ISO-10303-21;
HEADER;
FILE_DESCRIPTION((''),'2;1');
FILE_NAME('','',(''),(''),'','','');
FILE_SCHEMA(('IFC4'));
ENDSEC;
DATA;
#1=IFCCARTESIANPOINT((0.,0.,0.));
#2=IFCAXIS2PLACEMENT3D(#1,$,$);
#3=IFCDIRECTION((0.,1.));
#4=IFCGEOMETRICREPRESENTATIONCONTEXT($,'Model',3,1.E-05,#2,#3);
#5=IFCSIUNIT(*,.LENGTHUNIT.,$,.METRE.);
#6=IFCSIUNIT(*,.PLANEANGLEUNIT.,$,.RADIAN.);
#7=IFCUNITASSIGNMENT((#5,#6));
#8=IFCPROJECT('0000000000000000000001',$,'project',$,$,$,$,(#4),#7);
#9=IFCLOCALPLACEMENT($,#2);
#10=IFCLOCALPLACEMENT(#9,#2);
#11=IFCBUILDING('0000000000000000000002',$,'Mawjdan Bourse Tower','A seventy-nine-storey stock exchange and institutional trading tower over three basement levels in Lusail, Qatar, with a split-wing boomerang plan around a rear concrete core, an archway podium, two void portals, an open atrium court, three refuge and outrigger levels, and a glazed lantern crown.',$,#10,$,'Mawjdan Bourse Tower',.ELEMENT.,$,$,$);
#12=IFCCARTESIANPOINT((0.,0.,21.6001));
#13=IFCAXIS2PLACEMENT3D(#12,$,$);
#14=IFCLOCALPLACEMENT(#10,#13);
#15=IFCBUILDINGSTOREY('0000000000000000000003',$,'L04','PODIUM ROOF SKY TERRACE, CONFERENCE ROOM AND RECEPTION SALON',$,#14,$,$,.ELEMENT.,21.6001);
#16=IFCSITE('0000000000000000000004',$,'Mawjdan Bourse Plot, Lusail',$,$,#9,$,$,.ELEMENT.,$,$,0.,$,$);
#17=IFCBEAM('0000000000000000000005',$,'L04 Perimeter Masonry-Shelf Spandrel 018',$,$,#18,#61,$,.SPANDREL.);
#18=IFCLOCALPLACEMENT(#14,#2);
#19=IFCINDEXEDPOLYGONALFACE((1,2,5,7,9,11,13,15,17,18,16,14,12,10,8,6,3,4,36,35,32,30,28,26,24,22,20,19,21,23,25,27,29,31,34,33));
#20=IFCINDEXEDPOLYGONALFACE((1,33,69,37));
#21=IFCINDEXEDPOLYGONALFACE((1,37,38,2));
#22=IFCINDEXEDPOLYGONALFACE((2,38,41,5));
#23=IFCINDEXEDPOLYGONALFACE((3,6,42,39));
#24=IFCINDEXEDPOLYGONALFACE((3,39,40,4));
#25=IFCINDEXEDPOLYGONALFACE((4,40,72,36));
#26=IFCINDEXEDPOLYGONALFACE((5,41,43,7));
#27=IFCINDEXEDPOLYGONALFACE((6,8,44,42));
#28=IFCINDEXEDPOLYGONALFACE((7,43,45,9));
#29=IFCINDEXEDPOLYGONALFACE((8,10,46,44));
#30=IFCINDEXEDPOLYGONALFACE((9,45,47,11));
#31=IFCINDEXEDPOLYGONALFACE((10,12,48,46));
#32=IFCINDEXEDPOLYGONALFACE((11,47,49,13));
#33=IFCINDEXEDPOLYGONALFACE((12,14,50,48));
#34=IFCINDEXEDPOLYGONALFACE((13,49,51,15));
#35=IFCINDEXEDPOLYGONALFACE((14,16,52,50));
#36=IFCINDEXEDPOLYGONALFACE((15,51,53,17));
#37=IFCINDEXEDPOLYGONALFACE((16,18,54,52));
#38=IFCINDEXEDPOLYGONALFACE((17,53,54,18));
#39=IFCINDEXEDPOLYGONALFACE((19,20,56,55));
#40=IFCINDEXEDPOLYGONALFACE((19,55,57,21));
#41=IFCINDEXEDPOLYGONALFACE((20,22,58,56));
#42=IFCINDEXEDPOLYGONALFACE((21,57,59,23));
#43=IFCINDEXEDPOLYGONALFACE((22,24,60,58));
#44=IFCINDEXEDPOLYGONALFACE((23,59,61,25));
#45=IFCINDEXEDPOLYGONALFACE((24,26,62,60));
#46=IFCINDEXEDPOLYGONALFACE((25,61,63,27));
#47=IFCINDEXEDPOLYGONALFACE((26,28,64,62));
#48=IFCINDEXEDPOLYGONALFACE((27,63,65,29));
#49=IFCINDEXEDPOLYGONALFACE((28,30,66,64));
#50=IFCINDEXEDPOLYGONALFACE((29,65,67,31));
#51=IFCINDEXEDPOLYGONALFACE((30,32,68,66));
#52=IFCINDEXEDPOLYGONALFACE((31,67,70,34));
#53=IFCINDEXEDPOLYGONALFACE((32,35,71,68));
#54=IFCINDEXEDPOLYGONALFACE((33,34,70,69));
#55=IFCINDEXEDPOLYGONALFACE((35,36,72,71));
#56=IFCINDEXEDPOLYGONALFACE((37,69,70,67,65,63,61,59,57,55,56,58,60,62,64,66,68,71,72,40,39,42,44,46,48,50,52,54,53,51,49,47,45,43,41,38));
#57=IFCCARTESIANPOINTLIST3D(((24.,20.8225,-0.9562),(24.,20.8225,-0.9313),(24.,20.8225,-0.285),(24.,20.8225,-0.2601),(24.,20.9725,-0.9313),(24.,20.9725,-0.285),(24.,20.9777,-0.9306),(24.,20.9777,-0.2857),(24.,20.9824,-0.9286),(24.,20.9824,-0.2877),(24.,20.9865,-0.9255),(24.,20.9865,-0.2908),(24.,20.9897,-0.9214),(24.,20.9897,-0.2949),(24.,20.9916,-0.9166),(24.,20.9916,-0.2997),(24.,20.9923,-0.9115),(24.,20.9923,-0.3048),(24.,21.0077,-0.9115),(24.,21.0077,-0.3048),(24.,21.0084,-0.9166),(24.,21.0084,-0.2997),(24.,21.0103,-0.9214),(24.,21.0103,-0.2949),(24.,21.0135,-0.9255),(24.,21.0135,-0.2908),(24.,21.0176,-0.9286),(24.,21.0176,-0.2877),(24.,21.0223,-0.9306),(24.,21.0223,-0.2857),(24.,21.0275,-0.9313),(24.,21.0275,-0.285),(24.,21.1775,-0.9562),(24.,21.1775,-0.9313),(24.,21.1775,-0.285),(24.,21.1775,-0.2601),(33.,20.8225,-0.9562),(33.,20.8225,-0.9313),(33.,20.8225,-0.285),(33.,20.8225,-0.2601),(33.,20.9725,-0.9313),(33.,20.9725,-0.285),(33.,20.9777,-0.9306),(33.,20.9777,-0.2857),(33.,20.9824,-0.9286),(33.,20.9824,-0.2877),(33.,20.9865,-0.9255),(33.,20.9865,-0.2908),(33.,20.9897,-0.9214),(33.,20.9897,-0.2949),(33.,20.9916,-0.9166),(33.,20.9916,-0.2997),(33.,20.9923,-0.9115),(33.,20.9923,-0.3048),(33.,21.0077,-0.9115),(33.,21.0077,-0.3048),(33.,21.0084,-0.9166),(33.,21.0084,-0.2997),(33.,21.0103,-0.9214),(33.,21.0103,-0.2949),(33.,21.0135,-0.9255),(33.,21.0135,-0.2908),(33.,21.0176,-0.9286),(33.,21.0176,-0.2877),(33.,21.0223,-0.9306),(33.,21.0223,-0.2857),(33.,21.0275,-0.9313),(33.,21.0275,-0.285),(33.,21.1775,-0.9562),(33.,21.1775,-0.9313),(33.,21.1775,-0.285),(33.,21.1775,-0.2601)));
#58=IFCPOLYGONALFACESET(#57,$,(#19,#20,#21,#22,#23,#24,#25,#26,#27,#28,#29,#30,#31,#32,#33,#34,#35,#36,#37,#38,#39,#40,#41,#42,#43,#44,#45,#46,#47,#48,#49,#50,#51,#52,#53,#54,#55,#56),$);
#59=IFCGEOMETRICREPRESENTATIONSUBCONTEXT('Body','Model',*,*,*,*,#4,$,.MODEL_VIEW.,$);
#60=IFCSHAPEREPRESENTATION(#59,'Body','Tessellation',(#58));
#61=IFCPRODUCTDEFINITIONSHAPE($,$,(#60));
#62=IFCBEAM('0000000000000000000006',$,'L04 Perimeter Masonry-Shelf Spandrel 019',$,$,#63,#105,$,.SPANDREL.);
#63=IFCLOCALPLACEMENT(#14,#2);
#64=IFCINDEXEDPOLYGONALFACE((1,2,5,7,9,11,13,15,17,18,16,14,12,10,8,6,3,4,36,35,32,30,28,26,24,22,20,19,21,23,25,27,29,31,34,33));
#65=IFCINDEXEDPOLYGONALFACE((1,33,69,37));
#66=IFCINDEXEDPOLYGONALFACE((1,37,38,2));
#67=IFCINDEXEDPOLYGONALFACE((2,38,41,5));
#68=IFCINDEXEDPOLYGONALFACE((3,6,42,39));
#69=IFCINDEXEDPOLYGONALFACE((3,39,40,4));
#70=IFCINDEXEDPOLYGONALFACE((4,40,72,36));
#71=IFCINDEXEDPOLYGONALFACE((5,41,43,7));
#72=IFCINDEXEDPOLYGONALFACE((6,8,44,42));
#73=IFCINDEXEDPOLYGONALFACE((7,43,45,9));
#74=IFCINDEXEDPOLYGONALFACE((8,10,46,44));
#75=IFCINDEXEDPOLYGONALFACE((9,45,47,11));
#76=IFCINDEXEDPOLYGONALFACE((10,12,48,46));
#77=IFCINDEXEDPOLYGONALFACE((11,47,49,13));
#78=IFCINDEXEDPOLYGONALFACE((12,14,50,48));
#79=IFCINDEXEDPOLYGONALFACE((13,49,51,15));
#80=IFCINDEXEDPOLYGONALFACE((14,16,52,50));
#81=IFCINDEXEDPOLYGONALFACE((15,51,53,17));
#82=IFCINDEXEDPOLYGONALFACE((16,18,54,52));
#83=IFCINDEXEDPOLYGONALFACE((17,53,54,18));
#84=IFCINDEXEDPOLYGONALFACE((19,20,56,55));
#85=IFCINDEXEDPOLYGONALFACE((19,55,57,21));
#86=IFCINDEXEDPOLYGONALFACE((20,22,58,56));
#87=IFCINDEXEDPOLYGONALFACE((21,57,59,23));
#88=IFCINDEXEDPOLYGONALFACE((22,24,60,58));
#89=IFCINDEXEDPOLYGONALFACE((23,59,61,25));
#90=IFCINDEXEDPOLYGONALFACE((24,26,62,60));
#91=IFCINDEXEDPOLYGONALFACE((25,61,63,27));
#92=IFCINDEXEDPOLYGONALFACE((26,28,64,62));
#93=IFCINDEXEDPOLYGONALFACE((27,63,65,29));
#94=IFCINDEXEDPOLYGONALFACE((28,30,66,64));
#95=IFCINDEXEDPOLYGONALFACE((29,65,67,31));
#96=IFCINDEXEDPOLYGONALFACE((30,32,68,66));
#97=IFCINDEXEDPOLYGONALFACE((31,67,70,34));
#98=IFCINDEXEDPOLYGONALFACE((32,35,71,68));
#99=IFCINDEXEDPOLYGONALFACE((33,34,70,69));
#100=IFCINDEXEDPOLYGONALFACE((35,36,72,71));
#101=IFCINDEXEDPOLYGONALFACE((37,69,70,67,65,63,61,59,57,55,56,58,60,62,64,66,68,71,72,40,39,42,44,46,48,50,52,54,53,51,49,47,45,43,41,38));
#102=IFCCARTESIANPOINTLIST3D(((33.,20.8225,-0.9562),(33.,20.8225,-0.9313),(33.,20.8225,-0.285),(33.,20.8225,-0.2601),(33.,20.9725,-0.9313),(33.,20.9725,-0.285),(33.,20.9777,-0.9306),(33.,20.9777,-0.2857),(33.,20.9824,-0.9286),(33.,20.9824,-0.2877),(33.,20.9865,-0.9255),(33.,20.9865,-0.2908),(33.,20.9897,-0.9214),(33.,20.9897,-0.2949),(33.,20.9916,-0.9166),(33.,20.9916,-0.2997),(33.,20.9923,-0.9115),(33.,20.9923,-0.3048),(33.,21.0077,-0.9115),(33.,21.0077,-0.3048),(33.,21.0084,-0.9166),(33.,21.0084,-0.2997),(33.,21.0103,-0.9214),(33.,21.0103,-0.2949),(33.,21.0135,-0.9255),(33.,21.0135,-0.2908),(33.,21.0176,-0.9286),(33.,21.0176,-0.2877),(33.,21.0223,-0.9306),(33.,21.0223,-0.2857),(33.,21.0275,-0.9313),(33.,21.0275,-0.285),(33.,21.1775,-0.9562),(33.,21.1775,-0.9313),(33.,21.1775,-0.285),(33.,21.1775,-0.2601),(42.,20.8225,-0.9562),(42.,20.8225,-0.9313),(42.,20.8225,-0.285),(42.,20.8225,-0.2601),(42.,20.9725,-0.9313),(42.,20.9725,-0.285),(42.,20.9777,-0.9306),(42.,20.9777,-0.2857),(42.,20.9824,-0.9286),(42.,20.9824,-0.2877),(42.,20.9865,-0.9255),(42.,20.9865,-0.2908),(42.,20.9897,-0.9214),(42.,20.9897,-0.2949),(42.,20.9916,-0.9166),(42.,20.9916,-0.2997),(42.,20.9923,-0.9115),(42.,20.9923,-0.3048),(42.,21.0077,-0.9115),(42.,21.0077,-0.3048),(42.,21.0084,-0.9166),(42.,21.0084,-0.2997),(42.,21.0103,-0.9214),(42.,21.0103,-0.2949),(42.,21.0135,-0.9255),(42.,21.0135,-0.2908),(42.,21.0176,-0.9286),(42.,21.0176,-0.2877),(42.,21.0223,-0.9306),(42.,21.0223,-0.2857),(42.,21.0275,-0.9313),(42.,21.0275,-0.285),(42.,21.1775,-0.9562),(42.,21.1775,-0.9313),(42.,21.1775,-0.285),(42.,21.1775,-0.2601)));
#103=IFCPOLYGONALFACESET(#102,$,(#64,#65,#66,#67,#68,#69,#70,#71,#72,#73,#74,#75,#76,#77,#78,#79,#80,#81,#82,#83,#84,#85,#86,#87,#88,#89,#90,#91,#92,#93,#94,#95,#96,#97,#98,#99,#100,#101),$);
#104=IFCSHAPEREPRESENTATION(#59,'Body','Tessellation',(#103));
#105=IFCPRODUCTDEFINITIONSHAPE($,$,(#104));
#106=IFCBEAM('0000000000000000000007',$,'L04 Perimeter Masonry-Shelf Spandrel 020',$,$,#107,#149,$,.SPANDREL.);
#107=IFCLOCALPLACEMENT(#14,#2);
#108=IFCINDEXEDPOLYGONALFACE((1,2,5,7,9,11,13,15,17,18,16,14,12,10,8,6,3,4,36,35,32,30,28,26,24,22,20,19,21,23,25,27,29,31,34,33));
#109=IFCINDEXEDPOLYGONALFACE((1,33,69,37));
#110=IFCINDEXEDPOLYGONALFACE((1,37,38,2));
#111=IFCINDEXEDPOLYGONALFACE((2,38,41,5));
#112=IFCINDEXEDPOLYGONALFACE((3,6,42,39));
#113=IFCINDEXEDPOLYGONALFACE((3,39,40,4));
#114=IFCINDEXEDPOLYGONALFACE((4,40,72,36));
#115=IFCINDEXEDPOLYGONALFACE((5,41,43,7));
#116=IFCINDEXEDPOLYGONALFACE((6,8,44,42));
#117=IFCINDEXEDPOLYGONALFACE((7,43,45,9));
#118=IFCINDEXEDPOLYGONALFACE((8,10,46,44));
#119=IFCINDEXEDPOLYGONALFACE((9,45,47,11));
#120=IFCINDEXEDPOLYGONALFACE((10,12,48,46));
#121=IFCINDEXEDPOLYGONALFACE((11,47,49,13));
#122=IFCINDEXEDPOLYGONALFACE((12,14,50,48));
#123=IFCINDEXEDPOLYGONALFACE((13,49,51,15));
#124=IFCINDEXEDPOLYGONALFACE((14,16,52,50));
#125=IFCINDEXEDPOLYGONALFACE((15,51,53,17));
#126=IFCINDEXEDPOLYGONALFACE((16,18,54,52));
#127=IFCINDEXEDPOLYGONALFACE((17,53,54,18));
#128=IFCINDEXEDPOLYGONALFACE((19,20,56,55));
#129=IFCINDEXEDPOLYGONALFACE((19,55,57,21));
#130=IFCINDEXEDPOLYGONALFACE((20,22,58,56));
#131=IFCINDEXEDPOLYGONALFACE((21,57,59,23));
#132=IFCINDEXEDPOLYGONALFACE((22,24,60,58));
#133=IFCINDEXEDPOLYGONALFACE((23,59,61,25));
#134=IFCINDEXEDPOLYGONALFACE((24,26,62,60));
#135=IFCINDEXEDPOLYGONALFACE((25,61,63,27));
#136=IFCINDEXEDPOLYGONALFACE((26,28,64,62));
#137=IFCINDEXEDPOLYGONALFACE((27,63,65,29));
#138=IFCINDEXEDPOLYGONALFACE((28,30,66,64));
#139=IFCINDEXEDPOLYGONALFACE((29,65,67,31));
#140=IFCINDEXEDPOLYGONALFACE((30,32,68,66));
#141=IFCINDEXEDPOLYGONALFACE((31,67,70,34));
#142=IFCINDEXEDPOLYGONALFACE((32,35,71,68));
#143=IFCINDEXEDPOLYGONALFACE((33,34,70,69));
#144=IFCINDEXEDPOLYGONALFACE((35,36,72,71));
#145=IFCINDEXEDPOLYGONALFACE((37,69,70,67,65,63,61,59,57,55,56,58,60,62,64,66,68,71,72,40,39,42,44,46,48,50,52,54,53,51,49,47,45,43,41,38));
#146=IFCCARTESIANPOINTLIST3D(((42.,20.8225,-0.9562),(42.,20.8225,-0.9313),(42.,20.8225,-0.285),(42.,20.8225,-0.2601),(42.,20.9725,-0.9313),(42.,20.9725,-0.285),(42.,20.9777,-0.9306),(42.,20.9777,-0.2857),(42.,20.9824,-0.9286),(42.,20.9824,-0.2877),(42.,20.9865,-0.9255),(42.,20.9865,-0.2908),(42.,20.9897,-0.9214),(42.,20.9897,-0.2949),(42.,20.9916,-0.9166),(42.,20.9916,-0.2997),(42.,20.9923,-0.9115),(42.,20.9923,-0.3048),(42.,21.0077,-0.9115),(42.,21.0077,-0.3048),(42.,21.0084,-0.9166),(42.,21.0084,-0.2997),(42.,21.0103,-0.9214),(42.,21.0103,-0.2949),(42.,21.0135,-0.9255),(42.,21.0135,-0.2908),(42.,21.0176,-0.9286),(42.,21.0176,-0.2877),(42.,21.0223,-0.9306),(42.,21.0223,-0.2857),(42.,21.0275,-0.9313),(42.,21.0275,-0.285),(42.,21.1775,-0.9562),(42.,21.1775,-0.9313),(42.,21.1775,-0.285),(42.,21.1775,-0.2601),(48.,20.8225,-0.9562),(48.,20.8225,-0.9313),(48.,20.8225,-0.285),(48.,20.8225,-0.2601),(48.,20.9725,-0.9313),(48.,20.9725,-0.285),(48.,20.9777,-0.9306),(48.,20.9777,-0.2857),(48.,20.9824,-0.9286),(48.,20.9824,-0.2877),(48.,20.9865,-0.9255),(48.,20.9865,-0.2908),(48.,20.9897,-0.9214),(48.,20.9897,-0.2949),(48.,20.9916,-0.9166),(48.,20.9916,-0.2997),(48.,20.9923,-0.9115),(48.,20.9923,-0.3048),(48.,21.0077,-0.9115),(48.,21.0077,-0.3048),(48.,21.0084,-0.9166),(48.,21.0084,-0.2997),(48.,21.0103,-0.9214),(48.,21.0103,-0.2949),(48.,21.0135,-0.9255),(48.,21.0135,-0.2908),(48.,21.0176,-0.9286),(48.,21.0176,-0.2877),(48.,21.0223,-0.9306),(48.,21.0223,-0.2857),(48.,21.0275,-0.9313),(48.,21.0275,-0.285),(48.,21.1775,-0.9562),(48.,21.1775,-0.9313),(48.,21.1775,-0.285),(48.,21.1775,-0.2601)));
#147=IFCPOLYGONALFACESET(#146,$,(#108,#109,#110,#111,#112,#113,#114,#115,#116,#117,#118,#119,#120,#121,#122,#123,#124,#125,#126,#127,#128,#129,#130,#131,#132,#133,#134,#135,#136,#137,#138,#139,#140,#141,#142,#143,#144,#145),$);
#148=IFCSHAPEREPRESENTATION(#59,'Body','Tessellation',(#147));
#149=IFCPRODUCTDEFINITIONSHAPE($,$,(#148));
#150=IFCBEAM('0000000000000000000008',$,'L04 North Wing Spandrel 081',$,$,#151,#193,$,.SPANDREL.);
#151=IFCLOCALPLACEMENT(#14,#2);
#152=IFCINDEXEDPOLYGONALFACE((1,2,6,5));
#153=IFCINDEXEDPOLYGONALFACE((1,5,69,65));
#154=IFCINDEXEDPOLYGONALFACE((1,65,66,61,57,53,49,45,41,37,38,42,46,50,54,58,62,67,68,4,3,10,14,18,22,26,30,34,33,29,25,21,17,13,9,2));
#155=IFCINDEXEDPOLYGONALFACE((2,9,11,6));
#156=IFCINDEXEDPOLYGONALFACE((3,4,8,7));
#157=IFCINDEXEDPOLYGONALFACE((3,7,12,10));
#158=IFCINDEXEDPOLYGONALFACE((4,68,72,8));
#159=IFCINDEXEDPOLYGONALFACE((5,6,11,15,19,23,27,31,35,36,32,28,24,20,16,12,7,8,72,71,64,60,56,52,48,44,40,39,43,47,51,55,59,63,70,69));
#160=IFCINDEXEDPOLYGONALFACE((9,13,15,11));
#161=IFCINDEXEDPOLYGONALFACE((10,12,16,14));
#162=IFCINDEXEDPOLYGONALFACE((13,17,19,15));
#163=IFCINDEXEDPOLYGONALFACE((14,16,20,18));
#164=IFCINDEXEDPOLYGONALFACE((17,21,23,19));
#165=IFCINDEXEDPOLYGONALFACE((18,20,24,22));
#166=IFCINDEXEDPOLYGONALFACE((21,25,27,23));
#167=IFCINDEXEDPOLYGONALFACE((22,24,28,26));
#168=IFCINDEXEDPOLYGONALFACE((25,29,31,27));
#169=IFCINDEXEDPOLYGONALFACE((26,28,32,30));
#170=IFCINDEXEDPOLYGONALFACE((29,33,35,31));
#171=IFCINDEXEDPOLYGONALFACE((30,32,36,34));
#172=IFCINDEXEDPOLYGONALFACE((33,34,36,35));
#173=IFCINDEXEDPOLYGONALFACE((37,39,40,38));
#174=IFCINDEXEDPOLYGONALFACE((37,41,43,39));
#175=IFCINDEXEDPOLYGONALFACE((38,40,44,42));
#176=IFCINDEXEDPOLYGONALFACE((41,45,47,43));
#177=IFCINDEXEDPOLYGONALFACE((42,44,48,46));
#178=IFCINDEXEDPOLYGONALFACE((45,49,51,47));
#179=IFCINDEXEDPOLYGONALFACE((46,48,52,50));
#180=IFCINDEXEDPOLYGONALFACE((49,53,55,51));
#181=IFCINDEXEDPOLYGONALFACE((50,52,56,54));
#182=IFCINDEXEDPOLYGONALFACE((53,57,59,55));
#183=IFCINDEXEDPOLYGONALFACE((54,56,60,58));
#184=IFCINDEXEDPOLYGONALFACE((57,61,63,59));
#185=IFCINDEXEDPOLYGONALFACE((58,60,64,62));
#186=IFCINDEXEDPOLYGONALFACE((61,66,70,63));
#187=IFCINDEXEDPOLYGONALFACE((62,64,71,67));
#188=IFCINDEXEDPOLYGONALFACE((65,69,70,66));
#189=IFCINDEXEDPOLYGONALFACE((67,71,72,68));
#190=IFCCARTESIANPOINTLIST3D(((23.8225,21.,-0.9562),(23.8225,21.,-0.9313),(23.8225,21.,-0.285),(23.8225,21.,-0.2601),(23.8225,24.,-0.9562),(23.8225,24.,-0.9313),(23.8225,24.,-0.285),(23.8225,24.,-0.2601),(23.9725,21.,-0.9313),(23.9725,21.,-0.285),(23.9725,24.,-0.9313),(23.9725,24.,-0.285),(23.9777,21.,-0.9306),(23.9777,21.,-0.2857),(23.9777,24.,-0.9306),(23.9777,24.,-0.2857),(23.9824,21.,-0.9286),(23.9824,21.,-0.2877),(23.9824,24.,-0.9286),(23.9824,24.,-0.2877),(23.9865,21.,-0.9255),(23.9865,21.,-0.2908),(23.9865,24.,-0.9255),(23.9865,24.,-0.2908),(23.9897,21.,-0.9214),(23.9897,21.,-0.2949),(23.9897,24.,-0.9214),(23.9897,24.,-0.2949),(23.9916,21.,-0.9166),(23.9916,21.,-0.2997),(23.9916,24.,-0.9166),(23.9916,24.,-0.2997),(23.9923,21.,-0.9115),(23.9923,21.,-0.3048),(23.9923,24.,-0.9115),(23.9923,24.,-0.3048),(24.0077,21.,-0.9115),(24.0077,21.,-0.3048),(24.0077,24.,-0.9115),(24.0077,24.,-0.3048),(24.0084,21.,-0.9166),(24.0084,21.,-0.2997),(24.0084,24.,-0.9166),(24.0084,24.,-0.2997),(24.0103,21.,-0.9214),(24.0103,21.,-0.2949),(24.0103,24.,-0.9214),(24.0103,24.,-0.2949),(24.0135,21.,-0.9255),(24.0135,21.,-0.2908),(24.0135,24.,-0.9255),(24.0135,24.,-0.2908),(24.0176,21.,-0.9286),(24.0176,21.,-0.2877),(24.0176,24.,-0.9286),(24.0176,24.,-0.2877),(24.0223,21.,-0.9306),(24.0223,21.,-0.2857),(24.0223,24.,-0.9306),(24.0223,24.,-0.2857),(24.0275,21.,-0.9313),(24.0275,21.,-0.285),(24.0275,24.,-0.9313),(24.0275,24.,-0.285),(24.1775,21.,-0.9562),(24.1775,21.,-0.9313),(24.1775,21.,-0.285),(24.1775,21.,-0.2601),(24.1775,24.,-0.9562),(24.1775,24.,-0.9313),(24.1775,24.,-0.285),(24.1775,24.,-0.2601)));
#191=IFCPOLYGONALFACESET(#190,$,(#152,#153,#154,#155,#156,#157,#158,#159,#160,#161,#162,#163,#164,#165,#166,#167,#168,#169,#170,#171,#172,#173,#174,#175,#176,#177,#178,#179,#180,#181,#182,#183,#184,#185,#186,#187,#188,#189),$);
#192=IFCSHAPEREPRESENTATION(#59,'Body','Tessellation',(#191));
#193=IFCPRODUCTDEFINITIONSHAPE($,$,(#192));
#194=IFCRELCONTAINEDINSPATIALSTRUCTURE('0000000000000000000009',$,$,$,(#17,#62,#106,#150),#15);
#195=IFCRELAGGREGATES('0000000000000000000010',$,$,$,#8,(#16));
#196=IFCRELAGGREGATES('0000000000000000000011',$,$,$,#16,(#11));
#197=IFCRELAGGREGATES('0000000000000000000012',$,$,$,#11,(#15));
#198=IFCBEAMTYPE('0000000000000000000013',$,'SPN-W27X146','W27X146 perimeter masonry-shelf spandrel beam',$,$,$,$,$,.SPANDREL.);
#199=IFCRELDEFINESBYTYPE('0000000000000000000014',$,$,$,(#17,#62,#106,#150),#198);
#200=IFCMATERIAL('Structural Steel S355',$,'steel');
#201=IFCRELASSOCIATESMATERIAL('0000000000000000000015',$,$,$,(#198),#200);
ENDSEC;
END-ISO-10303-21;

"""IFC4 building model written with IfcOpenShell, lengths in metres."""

from ifc_helpers import new_model, si_unit, direction, frame, origin, origin_2d, place, context, subcontext, project, spatial, i_section, extrude, material, material_profile, profile_set, type_object, element, save


model = new_model("IFC4")

# Units and contexts
model_context = context("Model", 3, precision=1e-05, world=origin(), true_north=direction((0.0, 1.0)))
body_context = subcontext(model_context, "Body", "Model", "MODEL_VIEW")
ifc_project = project(units=[si_unit("LENGTHUNIT", "METRE"), si_unit("PLANEANGLEUNIT", "RADIAN")], contexts=[model_context])

# Site, building, storey
site_placement = place(None, origin())
site = spatial("IfcSite", under=ifc_project, at=site_placement, Name="Mawjdan Bourse Plot, Lusail", CompositionType="ELEMENT", RefElevation=0.0)
building_placement = place(site_placement, origin())
building = spatial("IfcBuilding", under=site, at=building_placement, Name="Mawjdan Bourse Tower", Description="A seventy-nine-storey stock exchange and institutional trading tower over three basement levels in Lusail, Qatar, with a split-wing boomerang plan around a rear concrete core, an archway podium, two void portals, an open atrium court, three refuge and outrigger levels, and a glazed lantern crown.", LongName="Mawjdan Bourse Tower", CompositionType="ELEMENT")
storey_placement = place(building_placement, frame((0.0, 0.0, 21.6001)))
storey = spatial("IfcBuildingStorey", under=building, at=storey_placement, Name="L04", Description="PODIUM ROOF SKY TERRACE, CONFERENCE ROOM AND RECEPTION SALON", CompositionType="ELEMENT", Elevation=21.6001)

# Beams
ifc_material_1 = material(Name="Structural Steel S355", Category="steel")
ifc_material_profile_1 = material_profile(ifc_material_1, i_section(OverallWidth=0.355, OverallDepth=0.696, WebThickness=0.0154, FlangeThickness=0.0249, FilletRadius=0.0198, at=origin_2d()), Name="W27X146")
ifc_profile_set_1 = profile_set([ifc_material_profile_1], Name="Structural Steel S355")
beam_type_1 = type_object("IfcBeamType", Name="SPN-W27X146", Description="W27X146 perimeter masonry-shelf spandrel beam", PredefinedType="SPANDREL", material=ifc_profile_set_1)
for number, where, z_axis, x_axis, name in (
    (1, (24.0, 21.0, -0.6082), (1.0, 0.0, 0.0), (0.0, 1.0, 0.0), "L04 Perimeter Masonry-Shelf Spandrel 018"),
    (2, (33.0, 21.0, -0.6082), (1.0, 0.0, 0.0), (0.0, 1.0, 0.0), "L04 Perimeter Masonry-Shelf Spandrel 019"),
):
    element("IfcBeam", number, at=place(storey_placement, frame(where, z_axis=z_axis, x_axis=x_axis)), inside=storey, type_object=beam_type_1, Name=name, PredefinedType="SPANDREL", context=body_context, shape_type="SweptSolid", body=[
        extrude(i_section(OverallWidth=0.355, OverallDepth=0.696, WebThickness=0.0154, FlangeThickness=0.0249, FilletRadius=0.0198, at=origin_2d()), origin(), (0.0, 0.0, 1.0), 9.0),
    ])
beam_1_placement = place(storey_placement, frame((42.0, 21.0, -0.6082), z_axis=(1.0, 0.0, 0.0), x_axis=(0.0, 1.0, 0.0)))
element("IfcBeam", 3, at=beam_1_placement, inside=storey, type_object=beam_type_1, Name="L04 Perimeter Masonry-Shelf Spandrel 020", PredefinedType="SPANDREL", context=body_context, shape_type="SweptSolid", body=[
    extrude(i_section(OverallWidth=0.355, OverallDepth=0.696, WebThickness=0.0154, FlangeThickness=0.0249, FilletRadius=0.0198, at=origin_2d()), origin(), (0.0, 0.0, 1.0), 6.0),
])
beam_2_placement = place(storey_placement, frame((24.0, 21.0, -0.6082), z_axis=(0.0, 1.0, 0.0), x_axis=(-1.0, 0.0, 0.0)))
element("IfcBeam", 4, at=beam_2_placement, inside=storey, type_object=beam_type_1, Name="L04 North Wing Spandrel 081", PredefinedType="SPANDREL", context=body_context, shape_type="SweptSolid", body=[
    extrude(i_section(OverallWidth=0.355, OverallDepth=0.696, WebThickness=0.0154, FlangeThickness=0.0249, FilletRadius=0.0198, at=origin_2d()), origin(), (0.0, 0.0, 1.0), 3.0),
])

save(model, "model.ifc")
